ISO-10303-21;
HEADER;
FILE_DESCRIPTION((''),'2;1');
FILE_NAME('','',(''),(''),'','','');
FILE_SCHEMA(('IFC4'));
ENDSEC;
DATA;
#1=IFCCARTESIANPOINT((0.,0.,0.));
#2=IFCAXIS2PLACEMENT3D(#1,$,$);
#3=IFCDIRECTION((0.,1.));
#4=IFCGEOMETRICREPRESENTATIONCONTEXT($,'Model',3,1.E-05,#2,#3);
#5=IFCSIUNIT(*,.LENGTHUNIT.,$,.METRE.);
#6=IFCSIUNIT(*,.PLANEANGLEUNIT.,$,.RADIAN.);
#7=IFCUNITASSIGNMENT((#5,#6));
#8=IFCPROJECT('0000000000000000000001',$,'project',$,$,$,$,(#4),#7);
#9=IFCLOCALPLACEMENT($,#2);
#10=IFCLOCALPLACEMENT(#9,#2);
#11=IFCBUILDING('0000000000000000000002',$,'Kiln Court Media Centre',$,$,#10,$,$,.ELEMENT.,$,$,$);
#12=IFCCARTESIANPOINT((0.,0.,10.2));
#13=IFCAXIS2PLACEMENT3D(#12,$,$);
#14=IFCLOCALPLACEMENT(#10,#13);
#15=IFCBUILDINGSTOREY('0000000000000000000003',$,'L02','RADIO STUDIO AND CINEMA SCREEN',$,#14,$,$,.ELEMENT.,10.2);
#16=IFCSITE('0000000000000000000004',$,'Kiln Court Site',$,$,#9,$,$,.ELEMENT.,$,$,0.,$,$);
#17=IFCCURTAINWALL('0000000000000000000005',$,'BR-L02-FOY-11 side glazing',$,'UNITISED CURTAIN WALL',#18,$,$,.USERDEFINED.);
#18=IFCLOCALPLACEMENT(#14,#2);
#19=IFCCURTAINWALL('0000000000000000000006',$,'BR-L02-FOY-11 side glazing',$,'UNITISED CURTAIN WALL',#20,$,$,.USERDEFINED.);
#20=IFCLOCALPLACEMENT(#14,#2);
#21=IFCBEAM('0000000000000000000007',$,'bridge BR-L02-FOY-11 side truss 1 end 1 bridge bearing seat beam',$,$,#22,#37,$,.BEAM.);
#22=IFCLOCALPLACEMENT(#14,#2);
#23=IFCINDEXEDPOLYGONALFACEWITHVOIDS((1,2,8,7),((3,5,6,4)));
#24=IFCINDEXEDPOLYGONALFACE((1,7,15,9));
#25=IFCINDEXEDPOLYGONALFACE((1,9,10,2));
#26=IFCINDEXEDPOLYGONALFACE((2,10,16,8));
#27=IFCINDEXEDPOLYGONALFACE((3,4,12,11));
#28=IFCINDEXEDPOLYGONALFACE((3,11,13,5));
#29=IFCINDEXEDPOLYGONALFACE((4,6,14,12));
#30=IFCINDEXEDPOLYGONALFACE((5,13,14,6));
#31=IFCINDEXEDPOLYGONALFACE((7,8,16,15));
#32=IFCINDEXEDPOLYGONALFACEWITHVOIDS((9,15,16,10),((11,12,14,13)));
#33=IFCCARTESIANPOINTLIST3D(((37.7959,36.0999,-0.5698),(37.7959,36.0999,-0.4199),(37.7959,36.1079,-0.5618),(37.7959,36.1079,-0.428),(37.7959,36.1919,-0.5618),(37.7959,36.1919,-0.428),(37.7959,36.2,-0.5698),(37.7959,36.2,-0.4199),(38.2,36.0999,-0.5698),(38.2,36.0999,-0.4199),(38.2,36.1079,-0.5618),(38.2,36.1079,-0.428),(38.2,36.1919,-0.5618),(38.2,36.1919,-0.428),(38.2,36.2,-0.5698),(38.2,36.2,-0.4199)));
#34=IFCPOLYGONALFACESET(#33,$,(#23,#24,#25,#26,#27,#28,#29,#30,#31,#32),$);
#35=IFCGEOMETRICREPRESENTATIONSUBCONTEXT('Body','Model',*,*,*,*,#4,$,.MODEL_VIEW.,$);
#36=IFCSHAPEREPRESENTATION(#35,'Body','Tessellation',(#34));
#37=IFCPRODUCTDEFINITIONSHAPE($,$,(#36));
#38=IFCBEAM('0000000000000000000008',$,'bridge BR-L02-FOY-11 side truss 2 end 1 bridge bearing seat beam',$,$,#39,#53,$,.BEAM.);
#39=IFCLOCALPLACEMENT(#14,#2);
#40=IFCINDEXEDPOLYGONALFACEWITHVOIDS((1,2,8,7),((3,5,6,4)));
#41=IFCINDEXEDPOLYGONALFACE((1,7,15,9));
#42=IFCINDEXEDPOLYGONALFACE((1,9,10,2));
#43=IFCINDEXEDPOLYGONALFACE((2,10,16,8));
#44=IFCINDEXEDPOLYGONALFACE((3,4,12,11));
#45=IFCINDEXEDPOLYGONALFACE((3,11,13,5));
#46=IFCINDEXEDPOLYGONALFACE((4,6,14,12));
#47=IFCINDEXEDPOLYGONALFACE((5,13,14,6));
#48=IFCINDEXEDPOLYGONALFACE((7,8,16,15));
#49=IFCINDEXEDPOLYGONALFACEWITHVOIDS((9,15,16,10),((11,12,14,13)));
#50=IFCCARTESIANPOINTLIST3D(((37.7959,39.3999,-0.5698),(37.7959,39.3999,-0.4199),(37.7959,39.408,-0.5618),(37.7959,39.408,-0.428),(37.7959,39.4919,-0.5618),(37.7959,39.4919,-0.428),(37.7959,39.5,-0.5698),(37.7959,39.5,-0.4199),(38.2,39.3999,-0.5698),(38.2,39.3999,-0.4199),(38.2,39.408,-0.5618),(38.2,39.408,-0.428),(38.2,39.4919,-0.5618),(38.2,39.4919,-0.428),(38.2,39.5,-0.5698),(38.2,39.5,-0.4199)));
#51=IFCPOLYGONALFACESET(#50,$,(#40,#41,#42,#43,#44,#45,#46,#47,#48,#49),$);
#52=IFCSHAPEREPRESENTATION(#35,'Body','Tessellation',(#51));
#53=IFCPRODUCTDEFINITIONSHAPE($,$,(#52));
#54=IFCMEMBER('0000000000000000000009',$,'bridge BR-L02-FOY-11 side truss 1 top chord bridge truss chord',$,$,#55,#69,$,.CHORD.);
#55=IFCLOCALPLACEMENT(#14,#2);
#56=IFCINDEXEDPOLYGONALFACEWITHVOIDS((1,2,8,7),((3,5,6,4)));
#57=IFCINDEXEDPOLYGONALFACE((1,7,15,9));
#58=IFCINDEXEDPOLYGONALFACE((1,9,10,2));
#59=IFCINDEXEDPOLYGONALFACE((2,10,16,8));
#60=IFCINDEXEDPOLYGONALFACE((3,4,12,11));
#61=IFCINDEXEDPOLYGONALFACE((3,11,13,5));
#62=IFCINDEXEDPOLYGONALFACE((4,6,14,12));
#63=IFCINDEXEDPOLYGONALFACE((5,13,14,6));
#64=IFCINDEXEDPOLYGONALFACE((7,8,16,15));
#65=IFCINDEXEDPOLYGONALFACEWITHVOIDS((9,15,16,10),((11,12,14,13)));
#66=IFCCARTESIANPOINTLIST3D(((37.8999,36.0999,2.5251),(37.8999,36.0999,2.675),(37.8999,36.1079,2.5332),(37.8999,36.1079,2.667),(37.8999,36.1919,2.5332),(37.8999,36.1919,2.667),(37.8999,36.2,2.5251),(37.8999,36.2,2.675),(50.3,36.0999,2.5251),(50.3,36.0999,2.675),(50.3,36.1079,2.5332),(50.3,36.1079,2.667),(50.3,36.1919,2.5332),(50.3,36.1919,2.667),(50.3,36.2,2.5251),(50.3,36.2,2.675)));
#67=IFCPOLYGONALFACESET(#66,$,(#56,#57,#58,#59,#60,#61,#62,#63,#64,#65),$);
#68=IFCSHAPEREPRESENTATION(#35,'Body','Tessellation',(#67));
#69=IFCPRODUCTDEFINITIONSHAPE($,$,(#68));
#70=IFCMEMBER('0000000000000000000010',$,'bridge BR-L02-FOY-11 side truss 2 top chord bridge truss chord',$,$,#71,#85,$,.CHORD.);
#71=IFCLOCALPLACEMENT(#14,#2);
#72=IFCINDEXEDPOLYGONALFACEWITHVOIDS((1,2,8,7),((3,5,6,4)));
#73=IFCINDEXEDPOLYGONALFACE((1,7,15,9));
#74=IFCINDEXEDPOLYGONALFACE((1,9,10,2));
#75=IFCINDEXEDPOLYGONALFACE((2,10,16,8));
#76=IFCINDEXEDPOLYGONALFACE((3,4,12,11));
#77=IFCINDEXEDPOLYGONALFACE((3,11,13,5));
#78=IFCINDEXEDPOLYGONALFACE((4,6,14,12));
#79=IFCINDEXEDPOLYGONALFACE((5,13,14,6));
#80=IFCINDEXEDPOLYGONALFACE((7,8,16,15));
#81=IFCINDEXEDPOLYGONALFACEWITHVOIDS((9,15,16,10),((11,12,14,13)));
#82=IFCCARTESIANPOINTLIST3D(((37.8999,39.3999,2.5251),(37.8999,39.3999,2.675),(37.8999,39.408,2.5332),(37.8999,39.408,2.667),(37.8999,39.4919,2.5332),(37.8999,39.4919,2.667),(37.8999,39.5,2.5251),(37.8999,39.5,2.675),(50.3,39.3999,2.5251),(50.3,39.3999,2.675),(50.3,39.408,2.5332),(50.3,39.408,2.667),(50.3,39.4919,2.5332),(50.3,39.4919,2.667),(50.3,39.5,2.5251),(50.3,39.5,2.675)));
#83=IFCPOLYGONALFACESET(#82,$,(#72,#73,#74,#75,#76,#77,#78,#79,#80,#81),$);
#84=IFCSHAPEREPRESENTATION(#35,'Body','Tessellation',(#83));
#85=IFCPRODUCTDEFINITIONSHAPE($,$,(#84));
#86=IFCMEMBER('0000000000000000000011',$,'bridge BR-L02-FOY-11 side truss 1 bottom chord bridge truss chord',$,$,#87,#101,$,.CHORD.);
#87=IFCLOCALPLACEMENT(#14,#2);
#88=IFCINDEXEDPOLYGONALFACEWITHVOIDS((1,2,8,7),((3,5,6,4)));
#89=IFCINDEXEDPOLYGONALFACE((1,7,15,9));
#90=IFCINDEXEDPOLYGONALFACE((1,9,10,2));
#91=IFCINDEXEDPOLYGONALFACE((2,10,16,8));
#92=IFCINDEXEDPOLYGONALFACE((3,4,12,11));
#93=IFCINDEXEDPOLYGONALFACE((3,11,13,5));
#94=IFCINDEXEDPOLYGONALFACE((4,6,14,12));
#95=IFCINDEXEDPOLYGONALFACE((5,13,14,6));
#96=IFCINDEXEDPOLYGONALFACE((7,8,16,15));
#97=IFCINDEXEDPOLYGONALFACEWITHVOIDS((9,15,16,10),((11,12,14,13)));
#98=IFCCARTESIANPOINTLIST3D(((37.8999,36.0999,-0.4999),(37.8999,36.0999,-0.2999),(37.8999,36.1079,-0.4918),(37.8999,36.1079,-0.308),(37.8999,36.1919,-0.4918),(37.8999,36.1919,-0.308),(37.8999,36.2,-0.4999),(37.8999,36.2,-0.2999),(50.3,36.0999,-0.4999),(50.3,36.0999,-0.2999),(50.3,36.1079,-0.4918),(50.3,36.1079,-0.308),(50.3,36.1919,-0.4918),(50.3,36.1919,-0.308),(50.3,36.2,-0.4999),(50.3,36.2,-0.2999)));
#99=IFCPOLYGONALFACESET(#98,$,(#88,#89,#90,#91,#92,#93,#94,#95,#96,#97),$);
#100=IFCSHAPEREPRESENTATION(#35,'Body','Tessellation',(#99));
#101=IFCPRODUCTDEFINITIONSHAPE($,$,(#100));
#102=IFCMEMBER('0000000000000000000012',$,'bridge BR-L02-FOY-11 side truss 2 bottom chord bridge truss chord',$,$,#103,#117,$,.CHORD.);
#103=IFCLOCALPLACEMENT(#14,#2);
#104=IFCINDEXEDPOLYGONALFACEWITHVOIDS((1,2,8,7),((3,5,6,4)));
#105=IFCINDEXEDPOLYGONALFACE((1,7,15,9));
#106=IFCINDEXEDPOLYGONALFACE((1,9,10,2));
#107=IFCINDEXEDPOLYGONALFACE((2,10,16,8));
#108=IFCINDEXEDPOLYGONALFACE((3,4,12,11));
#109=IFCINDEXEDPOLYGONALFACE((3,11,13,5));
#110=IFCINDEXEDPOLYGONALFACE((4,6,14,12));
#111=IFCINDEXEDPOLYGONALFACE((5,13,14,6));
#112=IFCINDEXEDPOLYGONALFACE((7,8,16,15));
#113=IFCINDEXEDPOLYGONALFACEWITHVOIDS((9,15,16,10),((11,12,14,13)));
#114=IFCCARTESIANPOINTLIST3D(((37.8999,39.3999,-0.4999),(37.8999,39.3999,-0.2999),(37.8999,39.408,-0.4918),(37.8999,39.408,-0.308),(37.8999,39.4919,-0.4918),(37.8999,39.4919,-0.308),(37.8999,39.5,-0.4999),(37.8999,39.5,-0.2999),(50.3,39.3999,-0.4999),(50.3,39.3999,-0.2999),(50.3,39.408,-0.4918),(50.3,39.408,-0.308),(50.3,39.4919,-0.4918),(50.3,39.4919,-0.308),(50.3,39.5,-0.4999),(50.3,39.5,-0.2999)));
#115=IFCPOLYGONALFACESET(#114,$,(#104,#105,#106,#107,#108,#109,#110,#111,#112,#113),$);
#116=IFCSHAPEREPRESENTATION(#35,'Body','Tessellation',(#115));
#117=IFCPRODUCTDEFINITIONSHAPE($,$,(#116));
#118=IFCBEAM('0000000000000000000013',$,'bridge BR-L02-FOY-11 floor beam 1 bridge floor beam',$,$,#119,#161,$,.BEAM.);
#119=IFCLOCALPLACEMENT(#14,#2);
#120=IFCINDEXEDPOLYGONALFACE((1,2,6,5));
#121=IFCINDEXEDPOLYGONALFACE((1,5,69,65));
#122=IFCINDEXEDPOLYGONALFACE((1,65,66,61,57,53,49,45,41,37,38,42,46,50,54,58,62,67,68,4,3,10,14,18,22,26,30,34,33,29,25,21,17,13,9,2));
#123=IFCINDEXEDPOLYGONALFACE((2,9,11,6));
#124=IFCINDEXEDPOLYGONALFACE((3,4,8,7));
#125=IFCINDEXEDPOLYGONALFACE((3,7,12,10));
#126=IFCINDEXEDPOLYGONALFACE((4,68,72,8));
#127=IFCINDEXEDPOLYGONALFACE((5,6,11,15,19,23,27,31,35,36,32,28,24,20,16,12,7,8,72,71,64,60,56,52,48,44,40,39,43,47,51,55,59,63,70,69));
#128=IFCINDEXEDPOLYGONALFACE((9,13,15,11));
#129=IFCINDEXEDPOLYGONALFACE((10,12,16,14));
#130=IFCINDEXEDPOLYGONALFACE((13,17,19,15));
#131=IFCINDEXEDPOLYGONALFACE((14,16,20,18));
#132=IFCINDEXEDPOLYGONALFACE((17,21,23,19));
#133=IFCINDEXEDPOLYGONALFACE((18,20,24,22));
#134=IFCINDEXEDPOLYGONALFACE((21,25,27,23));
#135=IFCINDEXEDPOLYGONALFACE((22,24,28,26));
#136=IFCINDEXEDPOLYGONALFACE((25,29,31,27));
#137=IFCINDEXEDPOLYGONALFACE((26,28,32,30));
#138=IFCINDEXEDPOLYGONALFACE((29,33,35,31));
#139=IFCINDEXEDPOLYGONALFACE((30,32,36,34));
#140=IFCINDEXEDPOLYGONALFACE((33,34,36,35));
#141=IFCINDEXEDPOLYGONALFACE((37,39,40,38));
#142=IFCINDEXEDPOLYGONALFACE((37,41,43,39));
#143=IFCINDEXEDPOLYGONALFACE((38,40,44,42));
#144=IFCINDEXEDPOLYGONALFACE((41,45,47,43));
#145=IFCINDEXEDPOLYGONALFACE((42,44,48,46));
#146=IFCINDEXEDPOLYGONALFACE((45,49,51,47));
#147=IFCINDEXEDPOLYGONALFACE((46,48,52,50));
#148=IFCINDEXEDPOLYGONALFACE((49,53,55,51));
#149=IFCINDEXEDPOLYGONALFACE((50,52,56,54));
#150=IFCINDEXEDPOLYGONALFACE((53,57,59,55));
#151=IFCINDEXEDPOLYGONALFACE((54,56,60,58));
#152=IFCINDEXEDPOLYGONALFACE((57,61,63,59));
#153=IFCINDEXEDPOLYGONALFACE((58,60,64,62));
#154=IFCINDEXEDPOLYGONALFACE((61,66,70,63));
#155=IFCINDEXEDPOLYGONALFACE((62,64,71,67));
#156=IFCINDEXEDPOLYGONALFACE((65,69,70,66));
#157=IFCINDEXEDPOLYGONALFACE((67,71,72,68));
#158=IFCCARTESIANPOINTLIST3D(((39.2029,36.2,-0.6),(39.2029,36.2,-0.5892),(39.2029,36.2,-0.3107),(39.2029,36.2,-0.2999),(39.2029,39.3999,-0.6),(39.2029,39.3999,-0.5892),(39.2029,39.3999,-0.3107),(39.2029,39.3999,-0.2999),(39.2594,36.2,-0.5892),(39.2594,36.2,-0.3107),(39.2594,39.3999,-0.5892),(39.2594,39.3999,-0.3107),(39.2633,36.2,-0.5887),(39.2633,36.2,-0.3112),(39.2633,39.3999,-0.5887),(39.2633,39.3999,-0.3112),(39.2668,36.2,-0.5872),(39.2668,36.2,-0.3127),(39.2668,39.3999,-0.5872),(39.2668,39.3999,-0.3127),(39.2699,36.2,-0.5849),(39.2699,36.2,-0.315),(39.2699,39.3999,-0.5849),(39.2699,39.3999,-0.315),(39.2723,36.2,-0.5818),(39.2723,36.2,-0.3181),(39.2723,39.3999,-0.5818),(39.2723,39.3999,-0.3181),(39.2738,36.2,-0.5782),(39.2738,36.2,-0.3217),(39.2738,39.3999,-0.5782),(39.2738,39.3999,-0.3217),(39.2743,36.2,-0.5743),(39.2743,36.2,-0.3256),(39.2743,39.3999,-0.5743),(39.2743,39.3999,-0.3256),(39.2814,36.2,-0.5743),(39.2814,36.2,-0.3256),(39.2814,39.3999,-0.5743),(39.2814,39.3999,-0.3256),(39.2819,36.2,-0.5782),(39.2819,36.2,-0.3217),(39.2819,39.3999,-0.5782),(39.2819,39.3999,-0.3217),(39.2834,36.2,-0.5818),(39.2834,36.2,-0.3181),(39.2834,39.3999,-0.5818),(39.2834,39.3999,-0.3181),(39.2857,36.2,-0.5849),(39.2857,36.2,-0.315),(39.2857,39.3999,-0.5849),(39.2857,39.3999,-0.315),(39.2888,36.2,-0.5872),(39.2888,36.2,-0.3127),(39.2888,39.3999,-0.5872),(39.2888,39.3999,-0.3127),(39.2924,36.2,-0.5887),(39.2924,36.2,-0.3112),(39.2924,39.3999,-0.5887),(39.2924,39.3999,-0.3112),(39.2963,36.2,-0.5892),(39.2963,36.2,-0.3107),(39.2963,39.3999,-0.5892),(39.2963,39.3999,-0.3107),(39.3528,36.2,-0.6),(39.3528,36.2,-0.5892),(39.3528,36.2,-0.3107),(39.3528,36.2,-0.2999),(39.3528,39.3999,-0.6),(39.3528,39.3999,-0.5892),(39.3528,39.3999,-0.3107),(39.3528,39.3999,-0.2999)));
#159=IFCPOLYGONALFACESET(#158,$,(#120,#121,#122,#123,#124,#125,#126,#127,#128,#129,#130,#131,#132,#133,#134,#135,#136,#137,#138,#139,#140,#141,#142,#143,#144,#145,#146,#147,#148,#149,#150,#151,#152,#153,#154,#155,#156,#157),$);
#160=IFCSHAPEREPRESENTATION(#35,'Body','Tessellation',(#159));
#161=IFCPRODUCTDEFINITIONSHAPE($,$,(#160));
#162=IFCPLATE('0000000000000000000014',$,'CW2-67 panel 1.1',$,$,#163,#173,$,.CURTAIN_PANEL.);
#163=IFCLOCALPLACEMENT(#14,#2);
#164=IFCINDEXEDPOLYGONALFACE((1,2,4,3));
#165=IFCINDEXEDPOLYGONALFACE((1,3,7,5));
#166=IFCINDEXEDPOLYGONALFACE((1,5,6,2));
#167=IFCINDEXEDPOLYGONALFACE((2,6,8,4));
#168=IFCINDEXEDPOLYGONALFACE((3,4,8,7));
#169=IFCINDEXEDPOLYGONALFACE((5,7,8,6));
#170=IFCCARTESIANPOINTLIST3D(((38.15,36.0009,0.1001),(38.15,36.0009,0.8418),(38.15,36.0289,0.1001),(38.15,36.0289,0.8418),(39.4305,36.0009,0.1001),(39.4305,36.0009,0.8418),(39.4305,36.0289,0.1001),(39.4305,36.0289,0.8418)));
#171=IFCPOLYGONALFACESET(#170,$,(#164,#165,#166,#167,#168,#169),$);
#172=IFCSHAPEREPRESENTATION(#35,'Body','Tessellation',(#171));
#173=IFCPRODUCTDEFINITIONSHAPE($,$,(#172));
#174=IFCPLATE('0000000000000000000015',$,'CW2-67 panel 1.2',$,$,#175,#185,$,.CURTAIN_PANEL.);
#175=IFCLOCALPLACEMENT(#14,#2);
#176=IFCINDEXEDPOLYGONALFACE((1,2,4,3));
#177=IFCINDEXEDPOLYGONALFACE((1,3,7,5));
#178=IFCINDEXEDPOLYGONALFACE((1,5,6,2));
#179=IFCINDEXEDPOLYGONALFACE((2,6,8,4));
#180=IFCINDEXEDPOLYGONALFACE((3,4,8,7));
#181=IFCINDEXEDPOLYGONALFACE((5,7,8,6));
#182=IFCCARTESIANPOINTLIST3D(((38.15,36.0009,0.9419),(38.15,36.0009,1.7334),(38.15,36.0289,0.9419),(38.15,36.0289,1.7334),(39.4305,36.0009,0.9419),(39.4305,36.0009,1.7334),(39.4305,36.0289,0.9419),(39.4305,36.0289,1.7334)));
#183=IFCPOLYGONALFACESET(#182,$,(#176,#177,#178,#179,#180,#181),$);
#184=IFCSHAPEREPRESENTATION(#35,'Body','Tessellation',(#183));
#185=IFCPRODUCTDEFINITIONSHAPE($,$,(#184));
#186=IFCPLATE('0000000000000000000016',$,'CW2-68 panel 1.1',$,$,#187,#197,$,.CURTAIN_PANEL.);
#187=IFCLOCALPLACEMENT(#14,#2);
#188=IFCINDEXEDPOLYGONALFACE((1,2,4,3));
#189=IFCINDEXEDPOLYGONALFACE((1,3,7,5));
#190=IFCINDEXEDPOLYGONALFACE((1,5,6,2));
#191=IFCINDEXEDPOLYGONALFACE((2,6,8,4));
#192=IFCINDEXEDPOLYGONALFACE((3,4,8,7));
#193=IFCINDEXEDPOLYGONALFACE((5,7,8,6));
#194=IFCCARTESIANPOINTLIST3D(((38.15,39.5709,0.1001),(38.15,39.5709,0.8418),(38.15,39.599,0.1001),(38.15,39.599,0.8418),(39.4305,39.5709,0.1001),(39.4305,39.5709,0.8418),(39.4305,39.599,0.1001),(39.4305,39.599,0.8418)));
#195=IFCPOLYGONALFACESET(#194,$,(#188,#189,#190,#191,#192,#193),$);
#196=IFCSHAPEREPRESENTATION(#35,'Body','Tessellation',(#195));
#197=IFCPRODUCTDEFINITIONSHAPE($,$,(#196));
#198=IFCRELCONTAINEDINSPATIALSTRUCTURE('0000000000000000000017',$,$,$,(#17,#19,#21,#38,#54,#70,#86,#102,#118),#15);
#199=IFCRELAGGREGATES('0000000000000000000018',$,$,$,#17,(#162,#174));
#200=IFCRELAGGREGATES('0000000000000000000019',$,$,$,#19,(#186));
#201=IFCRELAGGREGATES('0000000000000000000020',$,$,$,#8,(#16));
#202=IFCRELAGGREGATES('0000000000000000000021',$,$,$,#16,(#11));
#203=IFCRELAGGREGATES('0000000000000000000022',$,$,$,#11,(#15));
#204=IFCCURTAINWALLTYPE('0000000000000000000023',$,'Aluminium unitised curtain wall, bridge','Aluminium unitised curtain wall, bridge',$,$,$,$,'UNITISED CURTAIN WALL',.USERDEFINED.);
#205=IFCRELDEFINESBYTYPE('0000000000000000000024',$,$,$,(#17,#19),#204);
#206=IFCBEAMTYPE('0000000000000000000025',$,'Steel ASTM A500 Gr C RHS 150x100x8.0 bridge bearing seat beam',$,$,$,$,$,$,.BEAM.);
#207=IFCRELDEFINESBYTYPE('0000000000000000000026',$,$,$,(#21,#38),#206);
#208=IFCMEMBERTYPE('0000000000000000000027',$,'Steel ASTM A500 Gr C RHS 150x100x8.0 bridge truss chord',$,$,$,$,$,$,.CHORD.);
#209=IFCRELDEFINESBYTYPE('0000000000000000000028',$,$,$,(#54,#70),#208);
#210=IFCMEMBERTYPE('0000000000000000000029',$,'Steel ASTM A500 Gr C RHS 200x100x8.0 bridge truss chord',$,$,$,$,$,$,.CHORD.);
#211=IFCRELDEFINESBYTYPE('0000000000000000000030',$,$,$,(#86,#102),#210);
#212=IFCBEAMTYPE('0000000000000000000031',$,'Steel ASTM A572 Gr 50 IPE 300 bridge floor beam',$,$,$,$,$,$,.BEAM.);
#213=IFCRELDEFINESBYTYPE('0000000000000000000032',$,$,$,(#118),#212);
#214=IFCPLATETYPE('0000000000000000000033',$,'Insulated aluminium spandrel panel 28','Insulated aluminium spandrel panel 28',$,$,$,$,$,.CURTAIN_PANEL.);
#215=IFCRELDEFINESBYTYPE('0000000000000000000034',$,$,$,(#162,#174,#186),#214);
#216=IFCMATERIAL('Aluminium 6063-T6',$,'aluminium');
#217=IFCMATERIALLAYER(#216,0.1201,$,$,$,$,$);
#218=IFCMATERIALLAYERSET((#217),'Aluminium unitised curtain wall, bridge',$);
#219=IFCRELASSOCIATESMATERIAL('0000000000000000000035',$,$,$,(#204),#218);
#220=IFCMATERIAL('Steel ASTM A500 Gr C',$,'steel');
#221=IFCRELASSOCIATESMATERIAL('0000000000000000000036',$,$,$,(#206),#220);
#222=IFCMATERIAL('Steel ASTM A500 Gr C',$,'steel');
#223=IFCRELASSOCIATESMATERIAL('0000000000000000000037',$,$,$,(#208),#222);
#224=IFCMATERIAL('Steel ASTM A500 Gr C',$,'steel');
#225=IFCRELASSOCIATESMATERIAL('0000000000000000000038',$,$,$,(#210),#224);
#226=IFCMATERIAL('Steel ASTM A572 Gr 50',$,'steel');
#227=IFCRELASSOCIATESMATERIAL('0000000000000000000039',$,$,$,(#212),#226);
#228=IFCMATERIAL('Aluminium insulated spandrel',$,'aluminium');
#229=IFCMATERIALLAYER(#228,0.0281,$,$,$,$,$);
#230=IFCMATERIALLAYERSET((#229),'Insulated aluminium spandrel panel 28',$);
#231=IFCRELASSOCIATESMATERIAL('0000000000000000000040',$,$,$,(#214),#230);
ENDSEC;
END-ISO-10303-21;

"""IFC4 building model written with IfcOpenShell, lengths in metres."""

from ifc_helpers import new_model, si_unit, direction, frame, origin, origin_2d, place, context, subcontext, project, spatial, rectangle, hollow_rectangle, i_section, extrude, material, layer, layer_set, material_profile, profile_set, type_object, element, aggregate, save


model = new_model("IFC4")

# Units and contexts
model_context = context("Model", 3, precision=1e-05, world=origin(), true_north=direction((0.0, 1.0)))
body_context = subcontext(model_context, "Body", "Model", "MODEL_VIEW")
ifc_project = project(units=[si_unit("LENGTHUNIT", "METRE"), si_unit("PLANEANGLEUNIT", "RADIAN")], contexts=[model_context])

# Site, building, storey
site_placement = place(None, origin())
site = spatial("IfcSite", under=ifc_project, at=site_placement, Name="Kiln Court Site", CompositionType="ELEMENT", RefElevation=0.0)
building_placement = place(site_placement, origin())
building = spatial("IfcBuilding", under=site, at=building_placement, Name="Kiln Court Media Centre", CompositionType="ELEMENT")
storey_placement = place(building_placement, frame((0.0, 0.0, 10.2)))
storey = spatial("IfcBuildingStorey", under=building, at=storey_placement, Name="L02", Description="RADIO STUDIO AND CINEMA SCREEN", CompositionType="ELEMENT", Elevation=10.2)

# Curtain wall
ifc_material_1 = material(Name="Aluminium 6063-T6", Category="aluminium")
ifc_layer_1 = layer(ifc_material_1, 0.1201)
ifc_layer_set_1 = layer_set([ifc_layer_1], Name="Aluminium unitised curtain wall, bridge")
curtain_wall_type = type_object("IfcCurtainWallType", Name="Aluminium unitised curtain wall, bridge", Description="Aluminium unitised curtain wall, bridge", ElementType="UNITISED CURTAIN WALL", PredefinedType="USERDEFINED", material=ifc_layer_set_1)
curtain_wall_1_placement = place(storey_placement, origin())
curtain_wall_1 = element("IfcCurtainWall", 1, at=curtain_wall_1_placement, inside=storey, type_object=curtain_wall_type, Name="BR-L02-FOY-11 side glazing", ObjectType="UNITISED CURTAIN WALL", PredefinedType="USERDEFINED")

# Curtain wall
curtain_wall_2_placement = place(storey_placement, origin())
curtain_wall_2 = element("IfcCurtainWall", 2, at=curtain_wall_2_placement, inside=storey, type_object=curtain_wall_type, Name="BR-L02-FOY-11 side glazing", ObjectType="UNITISED CURTAIN WALL", PredefinedType="USERDEFINED")

# Beams
ifc_material_2 = material(Name="Steel ASTM A500 Gr C", Category="steel")
ifc_material_profile_1 = material_profile(ifc_material_2, hollow_rectangle(XDim=0.1001, YDim=0.1499, WallThickness=0.0081, at=origin_2d()), Name="RHS 150x100x8.0")
ifc_profile_set_1 = profile_set([ifc_material_profile_1], Name="Steel ASTM A500 Gr C")
beam_type_1 = type_object("IfcBeamType", Name="Steel ASTM A500 Gr C RHS 150x100x8.0 bridge bearing seat beam", PredefinedType="BEAM", material=ifc_profile_set_1)
for number, where, z_axis, x_axis, name in (
    (3, (37.7959, 36.1499, -0.4949), (1.0, 0.0, 0.0), (0.0, 1.0, 0.0), "bridge BR-L02-FOY-11 side truss 1 end 1 bridge bearing seat beam"),
    (4, (37.7959, 39.45, -0.4949), (1.0, 0.0, 0.0), (0.0, 1.0, 0.0), "bridge BR-L02-FOY-11 side truss 2 end 1 bridge bearing seat beam"),
):
    element("IfcBeam", number, at=place(storey_placement, frame(where, z_axis=z_axis, x_axis=x_axis)), inside=storey, type_object=beam_type_1, Name=name, PredefinedType="BEAM", context=body_context, shape_type="SweptSolid", body=[
        extrude(hollow_rectangle(XDim=0.1001, YDim=0.1499, WallThickness=0.0081, at=origin_2d()), origin(), (0.0, 0.0, 1.0), 0.4041),
    ])

# Members
ifc_material_3 = material(Name="Steel ASTM A500 Gr C", Category="steel")
ifc_material_profile_2 = material_profile(ifc_material_3, hollow_rectangle(XDim=0.1001, YDim=0.1499, WallThickness=0.0081, at=origin_2d()), Name="RHS 150x100x8.0")
ifc_profile_set_2 = profile_set([ifc_material_profile_2], Name="Steel ASTM A500 Gr C")
member_type_1 = type_object("IfcMemberType", Name="Steel ASTM A500 Gr C RHS 150x100x8.0 bridge truss chord", PredefinedType="CHORD", material=ifc_profile_set_2)
for number, where, z_axis, x_axis, name in (
    (5, (37.8999, 36.1499, 2.6001), (1.0, 0.0, 0.0), (0.0, 1.0, 0.0), "bridge BR-L02-FOY-11 side truss 1 top chord bridge truss chord"),
    (6, (37.8999, 39.45, 2.6001), (1.0, 0.0, 0.0), (0.0, 1.0, 0.0), "bridge BR-L02-FOY-11 side truss 2 top chord bridge truss chord"),
):
    element("IfcMember", number, at=place(storey_placement, frame(where, z_axis=z_axis, x_axis=x_axis)), inside=storey, type_object=member_type_1, Name=name, PredefinedType="CHORD", context=body_context, shape_type="SweptSolid", body=[
        extrude(hollow_rectangle(XDim=0.1001, YDim=0.1499, WallThickness=0.0081, at=origin_2d()), origin(), (0.0, 0.0, 1.0), 12.4001),
    ])
ifc_material_4 = material(Name="Steel ASTM A500 Gr C", Category="steel")
ifc_material_profile_3 = material_profile(ifc_material_4, hollow_rectangle(XDim=0.1001, YDim=0.2, WallThickness=0.0081, at=origin_2d()), Name="RHS 200x100x8.0")
ifc_profile_set_3 = profile_set([ifc_material_profile_3], Name="Steel ASTM A500 Gr C")
member_type_2 = type_object("IfcMemberType", Name="Steel ASTM A500 Gr C RHS 200x100x8.0 bridge truss chord", PredefinedType="CHORD", material=ifc_profile_set_3)
for number, where, z_axis, x_axis, name in (
    (7, (37.8999, 36.1499, -0.3999), (1.0, 0.0, 0.0), (0.0, 1.0, 0.0), "bridge BR-L02-FOY-11 side truss 1 bottom chord bridge truss chord"),
    (8, (37.8999, 39.45, -0.3999), (1.0, 0.0, 0.0), (0.0, 1.0, 0.0), "bridge BR-L02-FOY-11 side truss 2 bottom chord bridge truss chord"),
):
    element("IfcMember", number, at=place(storey_placement, frame(where, z_axis=z_axis, x_axis=x_axis)), inside=storey, type_object=member_type_2, Name=name, PredefinedType="CHORD", context=body_context, shape_type="SweptSolid", body=[
        extrude(hollow_rectangle(XDim=0.1001, YDim=0.2, WallThickness=0.0081, at=origin_2d()), origin(), (0.0, 0.0, 1.0), 12.4001),
    ])

# Beam
ifc_material_5 = material(Name="Steel ASTM A572 Gr 50", Category="steel")
ifc_material_profile_4 = material_profile(ifc_material_5, i_section(OverallWidth=0.1499, OverallDepth=0.3, WebThickness=0.0071, FlangeThickness=0.0107, FilletRadius=0.0149, at=origin_2d()), Name="IPE 300")
ifc_profile_set_4 = profile_set([ifc_material_profile_4], Name="Steel ASTM A572 Gr 50")
beam_type_2 = type_object("IfcBeamType", Name="Steel ASTM A572 Gr 50 IPE 300 bridge floor beam", PredefinedType="BEAM", material=ifc_profile_set_4)
beam_placement = place(storey_placement, frame((39.2778, 36.2, -0.45), z_axis=(0.0, 1.0, 0.0), x_axis=(-1.0, 0.0, 0.0)))
element("IfcBeam", 9, at=beam_placement, inside=storey, type_object=beam_type_2, Name="bridge BR-L02-FOY-11 floor beam 1 bridge floor beam", PredefinedType="BEAM", context=body_context, shape_type="SweptSolid", body=[
    extrude(i_section(OverallWidth=0.1499, OverallDepth=0.3, WebThickness=0.0071, FlangeThickness=0.0107, FilletRadius=0.0149, at=origin_2d()), origin(), (0.0, 0.0, 1.0), 3.2),
])

# Plates
ifc_material_6 = material(Name="Aluminium insulated spandrel", Category="aluminium")
ifc_layer_2 = layer(ifc_material_6, 0.0281)
ifc_layer_set_2 = layer_set([ifc_layer_2], Name="Insulated aluminium spandrel panel 28")
plate_type_1 = type_object("IfcPlateType", Name="Insulated aluminium spandrel panel 28", Description="Insulated aluminium spandrel panel 28", PredefinedType="CURTAIN_PANEL", material=ifc_layer_set_2)
plate_1_placement = place(storey_placement, frame((38.7903, 36.0149, 0.1001), z_axis=(0.0, 0.0, 1.0), x_axis=(1.0, 0.0, 0.0)))
plate_1 = element("IfcPlate", 10, at=plate_1_placement, type_object=plate_type_1, Name="CW2-67 panel 1.1", PredefinedType="CURTAIN_PANEL", context=body_context, shape_type="SweptSolid", body=[
    extrude(rectangle(XDim=1.2805, YDim=0.0281, at=origin_2d()), origin(), (0.0, 0.0, 1.0), 0.7417),
])
plate_2_placement = place(storey_placement, frame((38.7903, 36.0149, 0.9419), z_axis=(0.0, 0.0, 1.0), x_axis=(1.0, 0.0, 0.0)))
plate_2 = element("IfcPlate", 11, at=plate_2_placement, type_object=plate_type_1, Name="CW2-67 panel 1.2", PredefinedType="CURTAIN_PANEL", context=body_context, shape_type="SweptSolid", body=[
    extrude(rectangle(XDim=1.2805, YDim=0.0281, at=origin_2d()), origin(), (0.0, 0.0, 1.0), 0.7915),
])
plate_3_placement = place(storey_placement, frame((38.7903, 39.585, 0.1001), z_axis=(0.0, 0.0, 1.0), x_axis=(1.0, 0.0, 0.0)))
plate_3 = element("IfcPlate", 12, at=plate_3_placement, type_object=plate_type_1, Name="CW2-68 panel 1.1", PredefinedType="CURTAIN_PANEL", context=body_context, shape_type="SweptSolid", body=[
    extrude(rectangle(XDim=1.2805, YDim=0.0281, at=origin_2d()), origin(), (0.0, 0.0, 1.0), 0.7417),
])
aggregate(curtain_wall_1, [plate_1, plate_2])
aggregate(curtain_wall_2, [plate_3])

save(model, "model.ifc")
